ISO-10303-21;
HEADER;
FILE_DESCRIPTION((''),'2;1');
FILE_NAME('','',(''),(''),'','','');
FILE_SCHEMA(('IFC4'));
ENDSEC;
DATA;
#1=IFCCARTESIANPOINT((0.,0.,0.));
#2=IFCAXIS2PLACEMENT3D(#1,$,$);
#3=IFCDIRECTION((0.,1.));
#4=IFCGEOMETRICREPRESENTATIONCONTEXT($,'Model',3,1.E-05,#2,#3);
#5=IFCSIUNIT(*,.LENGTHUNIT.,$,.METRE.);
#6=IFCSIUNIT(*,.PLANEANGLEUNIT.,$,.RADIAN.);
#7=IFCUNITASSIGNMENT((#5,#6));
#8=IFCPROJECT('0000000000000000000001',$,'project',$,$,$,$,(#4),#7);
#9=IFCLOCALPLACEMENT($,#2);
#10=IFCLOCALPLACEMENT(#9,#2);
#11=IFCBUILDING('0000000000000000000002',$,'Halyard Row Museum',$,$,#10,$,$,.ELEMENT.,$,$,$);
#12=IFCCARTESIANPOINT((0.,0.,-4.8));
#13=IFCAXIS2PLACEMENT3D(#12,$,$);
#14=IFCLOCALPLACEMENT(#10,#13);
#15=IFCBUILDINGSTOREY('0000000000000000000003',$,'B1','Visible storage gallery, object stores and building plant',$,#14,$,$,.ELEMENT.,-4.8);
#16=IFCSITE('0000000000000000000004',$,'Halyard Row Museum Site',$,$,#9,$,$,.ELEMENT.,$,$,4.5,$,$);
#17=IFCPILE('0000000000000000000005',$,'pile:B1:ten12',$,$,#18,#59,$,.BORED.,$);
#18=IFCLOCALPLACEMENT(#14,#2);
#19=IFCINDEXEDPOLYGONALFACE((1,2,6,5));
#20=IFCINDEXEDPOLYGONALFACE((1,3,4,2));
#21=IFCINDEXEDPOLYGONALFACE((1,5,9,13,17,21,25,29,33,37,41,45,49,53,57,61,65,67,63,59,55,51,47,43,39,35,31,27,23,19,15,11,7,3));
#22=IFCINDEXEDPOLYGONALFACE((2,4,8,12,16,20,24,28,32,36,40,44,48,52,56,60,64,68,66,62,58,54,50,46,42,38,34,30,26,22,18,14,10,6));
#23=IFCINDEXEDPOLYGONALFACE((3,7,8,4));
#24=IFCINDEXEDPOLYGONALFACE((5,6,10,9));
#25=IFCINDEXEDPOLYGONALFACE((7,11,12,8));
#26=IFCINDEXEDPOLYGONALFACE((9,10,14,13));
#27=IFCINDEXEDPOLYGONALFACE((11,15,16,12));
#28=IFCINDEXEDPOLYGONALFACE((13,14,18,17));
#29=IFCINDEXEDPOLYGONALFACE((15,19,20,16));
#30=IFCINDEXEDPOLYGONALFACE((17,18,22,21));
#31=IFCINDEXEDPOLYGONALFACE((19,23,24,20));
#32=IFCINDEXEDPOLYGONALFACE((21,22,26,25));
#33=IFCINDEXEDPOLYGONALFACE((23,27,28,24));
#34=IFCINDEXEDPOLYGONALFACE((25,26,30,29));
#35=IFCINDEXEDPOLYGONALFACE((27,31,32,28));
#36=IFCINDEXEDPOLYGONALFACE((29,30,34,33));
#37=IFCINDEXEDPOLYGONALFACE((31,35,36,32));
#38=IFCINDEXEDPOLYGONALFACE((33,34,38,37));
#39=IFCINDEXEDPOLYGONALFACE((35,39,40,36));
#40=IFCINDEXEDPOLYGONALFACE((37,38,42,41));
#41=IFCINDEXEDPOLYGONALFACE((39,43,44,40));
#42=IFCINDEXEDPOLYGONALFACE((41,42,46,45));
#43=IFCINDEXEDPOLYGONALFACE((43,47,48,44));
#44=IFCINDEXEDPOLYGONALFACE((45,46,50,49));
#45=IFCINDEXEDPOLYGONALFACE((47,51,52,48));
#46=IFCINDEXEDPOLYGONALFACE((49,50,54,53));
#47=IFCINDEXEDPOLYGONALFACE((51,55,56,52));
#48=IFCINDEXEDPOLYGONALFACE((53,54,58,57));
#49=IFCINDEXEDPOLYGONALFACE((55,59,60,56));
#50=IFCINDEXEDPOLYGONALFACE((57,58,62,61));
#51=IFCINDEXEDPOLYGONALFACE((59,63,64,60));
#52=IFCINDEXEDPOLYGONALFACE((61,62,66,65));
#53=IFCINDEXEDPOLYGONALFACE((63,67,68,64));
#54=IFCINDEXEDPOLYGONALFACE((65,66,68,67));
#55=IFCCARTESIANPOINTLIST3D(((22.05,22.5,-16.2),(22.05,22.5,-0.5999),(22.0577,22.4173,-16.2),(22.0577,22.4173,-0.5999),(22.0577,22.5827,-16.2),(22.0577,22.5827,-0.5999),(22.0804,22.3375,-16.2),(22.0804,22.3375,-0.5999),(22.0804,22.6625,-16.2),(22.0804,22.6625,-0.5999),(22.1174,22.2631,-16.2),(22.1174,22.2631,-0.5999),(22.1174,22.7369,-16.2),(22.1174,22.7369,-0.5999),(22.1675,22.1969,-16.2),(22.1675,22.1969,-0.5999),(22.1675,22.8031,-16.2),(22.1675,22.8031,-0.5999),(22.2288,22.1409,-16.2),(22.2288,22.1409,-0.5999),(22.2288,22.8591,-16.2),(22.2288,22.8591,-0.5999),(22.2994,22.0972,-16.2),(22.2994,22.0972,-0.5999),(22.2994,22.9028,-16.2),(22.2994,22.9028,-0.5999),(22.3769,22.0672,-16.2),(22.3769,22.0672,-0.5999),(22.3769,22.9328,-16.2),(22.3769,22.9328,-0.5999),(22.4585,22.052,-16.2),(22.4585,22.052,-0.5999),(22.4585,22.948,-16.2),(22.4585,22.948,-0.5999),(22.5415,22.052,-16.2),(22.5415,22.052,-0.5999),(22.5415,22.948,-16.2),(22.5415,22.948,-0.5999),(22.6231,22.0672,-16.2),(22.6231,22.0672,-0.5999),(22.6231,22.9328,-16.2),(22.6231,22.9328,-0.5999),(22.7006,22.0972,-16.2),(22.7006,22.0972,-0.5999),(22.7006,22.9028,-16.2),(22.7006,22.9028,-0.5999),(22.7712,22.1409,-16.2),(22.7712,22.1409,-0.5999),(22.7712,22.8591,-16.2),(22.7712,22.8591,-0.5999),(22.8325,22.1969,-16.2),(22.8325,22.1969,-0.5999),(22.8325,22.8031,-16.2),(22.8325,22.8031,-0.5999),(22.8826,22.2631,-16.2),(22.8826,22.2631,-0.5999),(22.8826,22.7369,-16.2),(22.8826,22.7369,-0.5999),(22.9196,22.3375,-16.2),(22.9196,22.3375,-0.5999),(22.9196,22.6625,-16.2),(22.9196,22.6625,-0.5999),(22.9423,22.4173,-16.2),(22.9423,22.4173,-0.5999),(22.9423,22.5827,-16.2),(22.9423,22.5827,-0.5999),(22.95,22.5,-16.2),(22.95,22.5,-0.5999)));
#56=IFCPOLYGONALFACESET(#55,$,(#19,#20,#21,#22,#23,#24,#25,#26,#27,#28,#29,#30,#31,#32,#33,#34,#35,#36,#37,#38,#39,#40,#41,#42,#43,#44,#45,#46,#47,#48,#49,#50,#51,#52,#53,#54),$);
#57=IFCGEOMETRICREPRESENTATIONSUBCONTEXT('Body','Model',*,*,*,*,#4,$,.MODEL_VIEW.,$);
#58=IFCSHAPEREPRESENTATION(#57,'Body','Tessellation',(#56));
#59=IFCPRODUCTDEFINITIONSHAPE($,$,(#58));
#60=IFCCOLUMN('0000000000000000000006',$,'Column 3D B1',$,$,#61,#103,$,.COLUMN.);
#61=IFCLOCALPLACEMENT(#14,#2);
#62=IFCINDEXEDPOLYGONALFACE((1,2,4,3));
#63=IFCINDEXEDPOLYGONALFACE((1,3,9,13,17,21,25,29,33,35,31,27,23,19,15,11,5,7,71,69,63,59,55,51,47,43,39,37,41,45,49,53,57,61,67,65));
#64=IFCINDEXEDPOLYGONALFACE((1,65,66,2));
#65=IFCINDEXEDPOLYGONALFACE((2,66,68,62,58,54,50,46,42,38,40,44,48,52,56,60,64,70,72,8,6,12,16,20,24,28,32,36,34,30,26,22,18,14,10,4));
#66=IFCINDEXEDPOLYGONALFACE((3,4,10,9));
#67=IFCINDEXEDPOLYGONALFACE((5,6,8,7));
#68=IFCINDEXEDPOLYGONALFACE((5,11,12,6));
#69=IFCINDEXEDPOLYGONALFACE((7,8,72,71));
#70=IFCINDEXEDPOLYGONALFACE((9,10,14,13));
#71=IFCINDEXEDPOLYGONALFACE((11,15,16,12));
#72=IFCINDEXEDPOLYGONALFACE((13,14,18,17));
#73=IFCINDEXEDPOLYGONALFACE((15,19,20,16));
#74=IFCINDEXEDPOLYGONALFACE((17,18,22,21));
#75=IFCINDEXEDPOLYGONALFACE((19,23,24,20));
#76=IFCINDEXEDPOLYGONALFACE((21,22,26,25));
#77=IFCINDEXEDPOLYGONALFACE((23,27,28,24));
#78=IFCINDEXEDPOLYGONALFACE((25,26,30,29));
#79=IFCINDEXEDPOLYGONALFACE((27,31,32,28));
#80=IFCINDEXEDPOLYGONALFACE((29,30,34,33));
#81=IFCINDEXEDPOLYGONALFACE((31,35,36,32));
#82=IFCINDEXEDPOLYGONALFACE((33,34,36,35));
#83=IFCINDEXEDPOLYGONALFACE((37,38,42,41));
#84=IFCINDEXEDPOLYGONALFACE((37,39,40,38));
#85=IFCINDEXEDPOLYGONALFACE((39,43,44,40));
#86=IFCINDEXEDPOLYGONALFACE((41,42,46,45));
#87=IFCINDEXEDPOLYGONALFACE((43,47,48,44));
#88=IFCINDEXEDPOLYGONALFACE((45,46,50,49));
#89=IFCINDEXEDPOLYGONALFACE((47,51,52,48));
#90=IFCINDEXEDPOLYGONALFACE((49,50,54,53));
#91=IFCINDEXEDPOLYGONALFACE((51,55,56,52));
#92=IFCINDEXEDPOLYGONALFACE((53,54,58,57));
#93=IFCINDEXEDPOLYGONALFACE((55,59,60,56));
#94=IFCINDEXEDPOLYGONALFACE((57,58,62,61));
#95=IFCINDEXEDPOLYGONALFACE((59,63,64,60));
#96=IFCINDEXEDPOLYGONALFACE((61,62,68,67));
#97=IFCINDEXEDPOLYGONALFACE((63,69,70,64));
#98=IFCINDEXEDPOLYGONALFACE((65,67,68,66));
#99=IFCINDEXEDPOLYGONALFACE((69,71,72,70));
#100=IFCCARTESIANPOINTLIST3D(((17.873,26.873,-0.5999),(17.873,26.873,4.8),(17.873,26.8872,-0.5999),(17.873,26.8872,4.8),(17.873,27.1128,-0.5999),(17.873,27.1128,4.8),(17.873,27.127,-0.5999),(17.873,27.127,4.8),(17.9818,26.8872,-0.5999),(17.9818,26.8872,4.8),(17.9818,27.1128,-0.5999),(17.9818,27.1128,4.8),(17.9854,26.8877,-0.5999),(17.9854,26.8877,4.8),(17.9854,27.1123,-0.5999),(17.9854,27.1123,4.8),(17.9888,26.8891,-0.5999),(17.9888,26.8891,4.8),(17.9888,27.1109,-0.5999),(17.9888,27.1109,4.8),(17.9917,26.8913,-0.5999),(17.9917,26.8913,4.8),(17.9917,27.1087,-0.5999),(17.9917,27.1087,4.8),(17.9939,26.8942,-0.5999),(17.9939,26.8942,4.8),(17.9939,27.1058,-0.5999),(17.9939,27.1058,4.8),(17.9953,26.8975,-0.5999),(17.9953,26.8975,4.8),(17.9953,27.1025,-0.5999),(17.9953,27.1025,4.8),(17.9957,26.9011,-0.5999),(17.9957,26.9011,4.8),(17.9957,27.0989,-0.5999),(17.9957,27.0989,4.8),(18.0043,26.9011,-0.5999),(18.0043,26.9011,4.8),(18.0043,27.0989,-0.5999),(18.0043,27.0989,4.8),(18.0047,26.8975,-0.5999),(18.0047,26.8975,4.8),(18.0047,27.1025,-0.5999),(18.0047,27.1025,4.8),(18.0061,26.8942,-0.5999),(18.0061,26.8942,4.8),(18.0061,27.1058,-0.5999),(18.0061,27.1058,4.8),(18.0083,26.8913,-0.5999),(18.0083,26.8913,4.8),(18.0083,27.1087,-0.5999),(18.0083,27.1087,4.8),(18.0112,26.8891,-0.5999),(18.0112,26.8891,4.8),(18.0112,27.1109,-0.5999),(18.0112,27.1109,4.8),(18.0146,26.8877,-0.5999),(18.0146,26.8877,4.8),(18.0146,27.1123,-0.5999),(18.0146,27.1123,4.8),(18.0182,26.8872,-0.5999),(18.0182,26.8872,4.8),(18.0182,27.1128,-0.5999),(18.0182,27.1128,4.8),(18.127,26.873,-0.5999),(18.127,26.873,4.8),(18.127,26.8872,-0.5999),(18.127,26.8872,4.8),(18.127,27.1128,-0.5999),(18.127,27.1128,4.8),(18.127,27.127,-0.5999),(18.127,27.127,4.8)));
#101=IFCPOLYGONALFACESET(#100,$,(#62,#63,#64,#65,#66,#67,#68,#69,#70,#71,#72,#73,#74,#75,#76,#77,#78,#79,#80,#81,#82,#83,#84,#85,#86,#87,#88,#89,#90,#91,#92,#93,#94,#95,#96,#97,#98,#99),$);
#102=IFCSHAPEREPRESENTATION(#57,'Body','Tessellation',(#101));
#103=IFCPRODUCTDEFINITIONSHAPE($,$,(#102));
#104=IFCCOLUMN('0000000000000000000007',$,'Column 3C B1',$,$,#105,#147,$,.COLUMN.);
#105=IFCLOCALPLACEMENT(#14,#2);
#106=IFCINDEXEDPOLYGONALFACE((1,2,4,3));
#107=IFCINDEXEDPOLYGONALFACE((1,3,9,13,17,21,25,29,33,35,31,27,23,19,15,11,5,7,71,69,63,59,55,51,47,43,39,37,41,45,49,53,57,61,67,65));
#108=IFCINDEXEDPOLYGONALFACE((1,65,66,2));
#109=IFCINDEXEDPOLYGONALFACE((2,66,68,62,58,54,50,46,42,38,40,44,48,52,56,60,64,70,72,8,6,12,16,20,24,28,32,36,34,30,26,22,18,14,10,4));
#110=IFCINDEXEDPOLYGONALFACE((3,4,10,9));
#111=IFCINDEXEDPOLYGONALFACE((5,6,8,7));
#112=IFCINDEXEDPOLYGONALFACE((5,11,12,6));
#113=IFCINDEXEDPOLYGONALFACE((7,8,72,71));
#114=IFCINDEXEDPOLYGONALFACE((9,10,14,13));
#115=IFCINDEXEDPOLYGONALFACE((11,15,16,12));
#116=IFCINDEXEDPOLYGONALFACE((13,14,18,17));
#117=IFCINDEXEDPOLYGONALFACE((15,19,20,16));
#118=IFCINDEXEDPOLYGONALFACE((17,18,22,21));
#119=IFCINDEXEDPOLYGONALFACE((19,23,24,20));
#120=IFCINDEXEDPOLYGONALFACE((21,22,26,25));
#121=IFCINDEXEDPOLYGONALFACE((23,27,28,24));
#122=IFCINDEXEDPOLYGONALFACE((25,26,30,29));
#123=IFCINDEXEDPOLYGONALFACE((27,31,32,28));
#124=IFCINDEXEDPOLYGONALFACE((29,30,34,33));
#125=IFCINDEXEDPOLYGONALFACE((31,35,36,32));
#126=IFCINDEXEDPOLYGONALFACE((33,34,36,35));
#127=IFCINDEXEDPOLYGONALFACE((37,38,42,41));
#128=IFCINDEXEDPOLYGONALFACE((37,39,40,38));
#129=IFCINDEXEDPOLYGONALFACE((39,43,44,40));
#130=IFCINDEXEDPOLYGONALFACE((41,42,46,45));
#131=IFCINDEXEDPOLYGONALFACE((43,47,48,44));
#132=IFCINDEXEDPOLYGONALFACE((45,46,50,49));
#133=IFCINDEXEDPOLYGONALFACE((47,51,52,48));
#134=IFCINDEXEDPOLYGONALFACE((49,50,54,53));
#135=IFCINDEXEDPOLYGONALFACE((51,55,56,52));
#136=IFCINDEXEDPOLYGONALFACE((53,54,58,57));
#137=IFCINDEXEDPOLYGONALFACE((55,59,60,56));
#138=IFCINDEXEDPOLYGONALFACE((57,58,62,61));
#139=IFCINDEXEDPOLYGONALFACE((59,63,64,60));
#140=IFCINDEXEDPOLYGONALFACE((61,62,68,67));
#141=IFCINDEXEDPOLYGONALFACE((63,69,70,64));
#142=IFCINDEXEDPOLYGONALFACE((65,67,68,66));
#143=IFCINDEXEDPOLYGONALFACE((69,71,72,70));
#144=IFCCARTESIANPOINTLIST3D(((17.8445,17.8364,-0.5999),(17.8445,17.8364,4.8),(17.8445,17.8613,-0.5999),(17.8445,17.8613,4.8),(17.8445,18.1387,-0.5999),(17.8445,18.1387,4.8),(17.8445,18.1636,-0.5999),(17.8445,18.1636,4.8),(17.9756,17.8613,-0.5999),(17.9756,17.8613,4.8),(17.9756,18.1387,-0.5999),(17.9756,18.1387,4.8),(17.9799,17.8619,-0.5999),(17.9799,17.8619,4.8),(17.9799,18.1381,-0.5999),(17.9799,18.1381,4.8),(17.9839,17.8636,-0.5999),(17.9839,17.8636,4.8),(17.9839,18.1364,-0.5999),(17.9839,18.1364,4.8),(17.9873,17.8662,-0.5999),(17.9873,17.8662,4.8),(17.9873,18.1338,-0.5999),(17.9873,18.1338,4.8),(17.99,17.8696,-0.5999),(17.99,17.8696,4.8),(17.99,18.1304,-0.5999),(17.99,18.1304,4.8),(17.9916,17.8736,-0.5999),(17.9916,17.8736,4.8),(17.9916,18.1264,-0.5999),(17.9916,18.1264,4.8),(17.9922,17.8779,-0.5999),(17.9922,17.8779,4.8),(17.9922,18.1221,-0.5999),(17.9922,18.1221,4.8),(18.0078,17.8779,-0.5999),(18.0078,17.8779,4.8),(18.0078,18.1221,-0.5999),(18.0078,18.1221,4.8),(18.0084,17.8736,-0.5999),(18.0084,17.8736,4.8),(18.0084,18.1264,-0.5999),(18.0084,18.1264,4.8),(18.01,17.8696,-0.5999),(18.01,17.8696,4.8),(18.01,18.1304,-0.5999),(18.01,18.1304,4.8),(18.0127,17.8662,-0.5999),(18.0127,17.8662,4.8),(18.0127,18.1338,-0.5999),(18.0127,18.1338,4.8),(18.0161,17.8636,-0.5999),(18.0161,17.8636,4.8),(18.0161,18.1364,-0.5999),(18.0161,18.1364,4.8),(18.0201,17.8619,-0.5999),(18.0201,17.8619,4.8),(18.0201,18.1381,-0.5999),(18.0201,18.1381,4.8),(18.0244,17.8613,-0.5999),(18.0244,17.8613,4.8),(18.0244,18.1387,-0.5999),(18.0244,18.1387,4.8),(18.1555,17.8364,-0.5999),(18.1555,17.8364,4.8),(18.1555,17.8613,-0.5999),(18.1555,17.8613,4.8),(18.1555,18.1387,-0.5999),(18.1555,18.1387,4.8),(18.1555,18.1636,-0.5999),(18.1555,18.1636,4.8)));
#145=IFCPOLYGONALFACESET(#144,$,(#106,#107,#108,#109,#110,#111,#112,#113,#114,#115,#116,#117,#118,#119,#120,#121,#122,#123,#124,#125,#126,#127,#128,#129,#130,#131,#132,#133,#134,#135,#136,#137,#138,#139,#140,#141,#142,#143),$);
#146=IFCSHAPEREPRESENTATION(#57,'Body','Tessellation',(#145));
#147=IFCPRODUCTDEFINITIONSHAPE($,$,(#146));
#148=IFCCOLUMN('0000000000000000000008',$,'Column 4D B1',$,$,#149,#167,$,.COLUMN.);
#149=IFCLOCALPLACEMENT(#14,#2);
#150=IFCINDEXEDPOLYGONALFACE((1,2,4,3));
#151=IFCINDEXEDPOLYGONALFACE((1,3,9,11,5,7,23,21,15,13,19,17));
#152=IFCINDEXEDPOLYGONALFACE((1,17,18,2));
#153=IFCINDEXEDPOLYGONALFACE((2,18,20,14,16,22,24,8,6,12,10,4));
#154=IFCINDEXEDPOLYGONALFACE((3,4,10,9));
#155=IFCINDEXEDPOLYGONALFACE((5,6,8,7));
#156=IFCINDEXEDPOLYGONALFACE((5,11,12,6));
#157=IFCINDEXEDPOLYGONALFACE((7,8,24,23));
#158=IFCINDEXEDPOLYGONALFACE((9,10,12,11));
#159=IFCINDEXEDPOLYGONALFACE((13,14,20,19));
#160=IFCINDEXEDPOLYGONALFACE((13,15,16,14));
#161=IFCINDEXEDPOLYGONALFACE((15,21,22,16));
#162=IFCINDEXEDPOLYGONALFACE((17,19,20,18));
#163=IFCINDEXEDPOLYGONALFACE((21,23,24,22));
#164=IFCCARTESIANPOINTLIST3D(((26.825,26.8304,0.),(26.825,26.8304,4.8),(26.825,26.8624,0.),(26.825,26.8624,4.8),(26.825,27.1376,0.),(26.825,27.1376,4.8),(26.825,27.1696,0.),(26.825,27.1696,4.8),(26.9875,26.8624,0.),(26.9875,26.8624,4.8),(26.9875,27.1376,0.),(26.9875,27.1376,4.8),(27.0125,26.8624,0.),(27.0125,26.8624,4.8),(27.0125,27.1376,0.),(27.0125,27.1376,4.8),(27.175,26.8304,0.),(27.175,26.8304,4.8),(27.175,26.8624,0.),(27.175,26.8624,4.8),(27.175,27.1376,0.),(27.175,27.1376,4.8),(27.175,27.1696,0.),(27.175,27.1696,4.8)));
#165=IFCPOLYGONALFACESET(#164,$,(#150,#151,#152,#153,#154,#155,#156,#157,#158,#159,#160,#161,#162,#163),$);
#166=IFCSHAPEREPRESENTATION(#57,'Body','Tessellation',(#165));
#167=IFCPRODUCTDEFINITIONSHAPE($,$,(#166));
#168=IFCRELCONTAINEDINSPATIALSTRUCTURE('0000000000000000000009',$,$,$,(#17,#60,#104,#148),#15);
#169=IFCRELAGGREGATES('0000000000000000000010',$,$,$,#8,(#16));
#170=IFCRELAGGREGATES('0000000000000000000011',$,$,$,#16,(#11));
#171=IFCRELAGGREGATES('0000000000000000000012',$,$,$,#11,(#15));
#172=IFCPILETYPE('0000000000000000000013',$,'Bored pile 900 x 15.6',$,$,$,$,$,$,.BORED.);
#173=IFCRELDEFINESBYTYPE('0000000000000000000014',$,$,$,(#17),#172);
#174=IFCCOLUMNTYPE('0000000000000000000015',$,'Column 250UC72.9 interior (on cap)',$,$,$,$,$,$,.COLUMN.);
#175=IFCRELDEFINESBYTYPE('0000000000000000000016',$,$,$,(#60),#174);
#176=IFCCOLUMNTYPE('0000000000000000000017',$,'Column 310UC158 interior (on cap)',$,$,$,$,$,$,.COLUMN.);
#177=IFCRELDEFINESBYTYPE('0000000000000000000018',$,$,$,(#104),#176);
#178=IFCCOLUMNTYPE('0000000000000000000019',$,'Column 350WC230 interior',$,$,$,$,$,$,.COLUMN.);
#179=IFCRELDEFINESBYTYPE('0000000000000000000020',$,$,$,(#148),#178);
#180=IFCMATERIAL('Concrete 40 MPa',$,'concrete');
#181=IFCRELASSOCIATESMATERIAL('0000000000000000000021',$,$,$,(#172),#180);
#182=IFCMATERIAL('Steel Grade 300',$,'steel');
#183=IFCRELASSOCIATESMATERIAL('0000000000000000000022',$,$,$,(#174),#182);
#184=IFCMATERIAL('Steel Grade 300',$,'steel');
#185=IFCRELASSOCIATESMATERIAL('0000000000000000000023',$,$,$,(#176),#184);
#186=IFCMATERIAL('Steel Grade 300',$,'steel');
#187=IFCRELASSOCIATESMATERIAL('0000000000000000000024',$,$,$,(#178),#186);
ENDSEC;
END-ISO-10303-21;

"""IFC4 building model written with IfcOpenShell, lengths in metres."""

from ifc_helpers import new_model, si_unit, direction, frame, origin, origin_2d, place, context, subcontext, project, spatial, circle, i_section, extrude, material, material_profile, profile_set, type_object, element, save


model = new_model("IFC4")

# Units and contexts
model_context = context("Model", 3, precision=1e-05, world=origin(), true_north=direction((0.0, 1.0)))
body_context = subcontext(model_context, "Body", "Model", "MODEL_VIEW")
ifc_project = project(units=[si_unit("LENGTHUNIT", "METRE"), si_unit("PLANEANGLEUNIT", "RADIAN")], contexts=[model_context])

# Site, building, storey
site_placement = place(None, origin())
site = spatial("IfcSite", under=ifc_project, at=site_placement, Name="Halyard Row Museum Site", CompositionType="ELEMENT", RefElevation=4.5)
building_placement = place(site_placement, origin())
building = spatial("IfcBuilding", under=site, at=building_placement, Name="Halyard Row Museum", CompositionType="ELEMENT")
storey_placement = place(building_placement, frame((0.0, 0.0, -4.8)))
storey = spatial("IfcBuildingStorey", under=building, at=storey_placement, Name="B1", Description="Visible storage gallery, object stores and building plant", CompositionType="ELEMENT", Elevation=-4.8)

# Pile
ifc_material_1 = material(Name="Concrete 40 MPa", Category="concrete")
ifc_material_profile_1 = material_profile(ifc_material_1, circle(Radius=0.45, at=origin_2d()), Name="Bored pile 900 x 15.6")
ifc_profile_set_1 = profile_set([ifc_material_profile_1], Name="Concrete 40 MPa")
pile_type_1 = type_object("IfcPileType", Name="Bored pile 900 x 15.6", PredefinedType="BORED", material=ifc_profile_set_1)
pile_1_placement = place(storey_placement, frame((22.5, 22.5, -0.5999), z_axis=(0.0, 0.0, -1.0), x_axis=(1.0, 0.0, 0.0)))
element("IfcPile", 1, at=pile_1_placement, inside=storey, type_object=pile_type_1, Name="pile:B1:ten12", PredefinedType="BORED", context=body_context, shape_type="SweptSolid", body=[
    extrude(circle(Radius=0.45, at=origin_2d()), origin(), (0.0, 0.0, 1.0), 15.6001),
])

# Columns
ifc_material_2 = material(Name="Steel Grade 300", Category="steel")
ifc_material_profile_2 = material_profile(ifc_material_2, i_section(OverallWidth=0.2539, OverallDepth=0.2539, WebThickness=0.0085, FlangeThickness=0.0142, FilletRadius=0.0139, at=origin_2d()), Name="250UC72.9")
ifc_profile_set_2 = profile_set([ifc_material_profile_2], Name="Steel Grade 300")
column_type_1 = type_object("IfcColumnType", Name="Column 250UC72.9 interior (on cap)", PredefinedType="COLUMN", material=ifc_profile_set_2)
column_1_placement = place(storey_placement, frame((18.0, 27.0, -0.5999), z_axis=(0.0, 0.0, 1.0), x_axis=(1.0, 0.0, 0.0)))
element("IfcColumn", 2, at=column_1_placement, inside=storey, type_object=column_type_1, Name="Column 3D B1", PredefinedType="COLUMN", context=body_context, shape_type="SweptSolid", body=[
    extrude(i_section(OverallWidth=0.2539, OverallDepth=0.2539, WebThickness=0.0085, FlangeThickness=0.0142, FilletRadius=0.0139, at=origin_2d()), origin(), (0.0, 0.0, 1.0), 5.3999),
])
ifc_material_3 = material(Name="Steel Grade 300", Category="steel")
ifc_material_profile_3 = material_profile(ifc_material_3, i_section(OverallWidth=0.311, OverallDepth=0.3271, WebThickness=0.0156, FlangeThickness=0.0249, FilletRadius=0.0166, at=origin_2d()), Name="310UC158")
ifc_profile_set_3 = profile_set([ifc_material_profile_3], Name="Steel Grade 300")
column_type_2 = type_object("IfcColumnType", Name="Column 310UC158 interior (on cap)", PredefinedType="COLUMN", material=ifc_profile_set_3)
column_2_placement = place(storey_placement, frame((18.0, 18.0, -0.5999), z_axis=(0.0, 0.0, 1.0), x_axis=(1.0, 0.0, 0.0)))
element("IfcColumn", 3, at=column_2_placement, inside=storey, type_object=column_type_2, Name="Column 3C B1", PredefinedType="COLUMN", context=body_context, shape_type="SweptSolid", body=[
    extrude(i_section(OverallWidth=0.311, OverallDepth=0.3271, WebThickness=0.0156, FlangeThickness=0.0249, FilletRadius=0.0166, at=origin_2d()), origin(), (0.0, 0.0, 1.0), 5.3999),
])
ifc_material_4 = material(Name="Steel Grade 300", Category="steel")
ifc_material_profile_4 = material_profile(ifc_material_4, i_section(OverallWidth=0.3501, OverallDepth=0.3391, WebThickness=0.0249, FlangeThickness=0.032, at=origin_2d()), Name="350WC230")
ifc_profile_set_4 = profile_set([ifc_material_profile_4], Name="Steel Grade 300")
column_type_3 = type_object("IfcColumnType", Name="Column 350WC230 interior", PredefinedType="COLUMN", material=ifc_profile_set_4)
column_3_placement = place(storey_placement, frame((27.0, 27.0, 0.0), z_axis=(0.0, 0.0, 1.0), x_axis=(1.0, 0.0, 0.0)))
element("IfcColumn", 4, at=column_3_placement, inside=storey, type_object=column_type_3, Name="Column 4D B1", PredefinedType="COLUMN", context=body_context, shape_type="SweptSolid", body=[
    extrude(i_section(OverallWidth=0.3501, OverallDepth=0.3391, WebThickness=0.0249, FlangeThickness=0.032, at=origin_2d()), origin(), (0.0, 0.0, 1.0), 4.8),
])

save(model, "model.ifc")
